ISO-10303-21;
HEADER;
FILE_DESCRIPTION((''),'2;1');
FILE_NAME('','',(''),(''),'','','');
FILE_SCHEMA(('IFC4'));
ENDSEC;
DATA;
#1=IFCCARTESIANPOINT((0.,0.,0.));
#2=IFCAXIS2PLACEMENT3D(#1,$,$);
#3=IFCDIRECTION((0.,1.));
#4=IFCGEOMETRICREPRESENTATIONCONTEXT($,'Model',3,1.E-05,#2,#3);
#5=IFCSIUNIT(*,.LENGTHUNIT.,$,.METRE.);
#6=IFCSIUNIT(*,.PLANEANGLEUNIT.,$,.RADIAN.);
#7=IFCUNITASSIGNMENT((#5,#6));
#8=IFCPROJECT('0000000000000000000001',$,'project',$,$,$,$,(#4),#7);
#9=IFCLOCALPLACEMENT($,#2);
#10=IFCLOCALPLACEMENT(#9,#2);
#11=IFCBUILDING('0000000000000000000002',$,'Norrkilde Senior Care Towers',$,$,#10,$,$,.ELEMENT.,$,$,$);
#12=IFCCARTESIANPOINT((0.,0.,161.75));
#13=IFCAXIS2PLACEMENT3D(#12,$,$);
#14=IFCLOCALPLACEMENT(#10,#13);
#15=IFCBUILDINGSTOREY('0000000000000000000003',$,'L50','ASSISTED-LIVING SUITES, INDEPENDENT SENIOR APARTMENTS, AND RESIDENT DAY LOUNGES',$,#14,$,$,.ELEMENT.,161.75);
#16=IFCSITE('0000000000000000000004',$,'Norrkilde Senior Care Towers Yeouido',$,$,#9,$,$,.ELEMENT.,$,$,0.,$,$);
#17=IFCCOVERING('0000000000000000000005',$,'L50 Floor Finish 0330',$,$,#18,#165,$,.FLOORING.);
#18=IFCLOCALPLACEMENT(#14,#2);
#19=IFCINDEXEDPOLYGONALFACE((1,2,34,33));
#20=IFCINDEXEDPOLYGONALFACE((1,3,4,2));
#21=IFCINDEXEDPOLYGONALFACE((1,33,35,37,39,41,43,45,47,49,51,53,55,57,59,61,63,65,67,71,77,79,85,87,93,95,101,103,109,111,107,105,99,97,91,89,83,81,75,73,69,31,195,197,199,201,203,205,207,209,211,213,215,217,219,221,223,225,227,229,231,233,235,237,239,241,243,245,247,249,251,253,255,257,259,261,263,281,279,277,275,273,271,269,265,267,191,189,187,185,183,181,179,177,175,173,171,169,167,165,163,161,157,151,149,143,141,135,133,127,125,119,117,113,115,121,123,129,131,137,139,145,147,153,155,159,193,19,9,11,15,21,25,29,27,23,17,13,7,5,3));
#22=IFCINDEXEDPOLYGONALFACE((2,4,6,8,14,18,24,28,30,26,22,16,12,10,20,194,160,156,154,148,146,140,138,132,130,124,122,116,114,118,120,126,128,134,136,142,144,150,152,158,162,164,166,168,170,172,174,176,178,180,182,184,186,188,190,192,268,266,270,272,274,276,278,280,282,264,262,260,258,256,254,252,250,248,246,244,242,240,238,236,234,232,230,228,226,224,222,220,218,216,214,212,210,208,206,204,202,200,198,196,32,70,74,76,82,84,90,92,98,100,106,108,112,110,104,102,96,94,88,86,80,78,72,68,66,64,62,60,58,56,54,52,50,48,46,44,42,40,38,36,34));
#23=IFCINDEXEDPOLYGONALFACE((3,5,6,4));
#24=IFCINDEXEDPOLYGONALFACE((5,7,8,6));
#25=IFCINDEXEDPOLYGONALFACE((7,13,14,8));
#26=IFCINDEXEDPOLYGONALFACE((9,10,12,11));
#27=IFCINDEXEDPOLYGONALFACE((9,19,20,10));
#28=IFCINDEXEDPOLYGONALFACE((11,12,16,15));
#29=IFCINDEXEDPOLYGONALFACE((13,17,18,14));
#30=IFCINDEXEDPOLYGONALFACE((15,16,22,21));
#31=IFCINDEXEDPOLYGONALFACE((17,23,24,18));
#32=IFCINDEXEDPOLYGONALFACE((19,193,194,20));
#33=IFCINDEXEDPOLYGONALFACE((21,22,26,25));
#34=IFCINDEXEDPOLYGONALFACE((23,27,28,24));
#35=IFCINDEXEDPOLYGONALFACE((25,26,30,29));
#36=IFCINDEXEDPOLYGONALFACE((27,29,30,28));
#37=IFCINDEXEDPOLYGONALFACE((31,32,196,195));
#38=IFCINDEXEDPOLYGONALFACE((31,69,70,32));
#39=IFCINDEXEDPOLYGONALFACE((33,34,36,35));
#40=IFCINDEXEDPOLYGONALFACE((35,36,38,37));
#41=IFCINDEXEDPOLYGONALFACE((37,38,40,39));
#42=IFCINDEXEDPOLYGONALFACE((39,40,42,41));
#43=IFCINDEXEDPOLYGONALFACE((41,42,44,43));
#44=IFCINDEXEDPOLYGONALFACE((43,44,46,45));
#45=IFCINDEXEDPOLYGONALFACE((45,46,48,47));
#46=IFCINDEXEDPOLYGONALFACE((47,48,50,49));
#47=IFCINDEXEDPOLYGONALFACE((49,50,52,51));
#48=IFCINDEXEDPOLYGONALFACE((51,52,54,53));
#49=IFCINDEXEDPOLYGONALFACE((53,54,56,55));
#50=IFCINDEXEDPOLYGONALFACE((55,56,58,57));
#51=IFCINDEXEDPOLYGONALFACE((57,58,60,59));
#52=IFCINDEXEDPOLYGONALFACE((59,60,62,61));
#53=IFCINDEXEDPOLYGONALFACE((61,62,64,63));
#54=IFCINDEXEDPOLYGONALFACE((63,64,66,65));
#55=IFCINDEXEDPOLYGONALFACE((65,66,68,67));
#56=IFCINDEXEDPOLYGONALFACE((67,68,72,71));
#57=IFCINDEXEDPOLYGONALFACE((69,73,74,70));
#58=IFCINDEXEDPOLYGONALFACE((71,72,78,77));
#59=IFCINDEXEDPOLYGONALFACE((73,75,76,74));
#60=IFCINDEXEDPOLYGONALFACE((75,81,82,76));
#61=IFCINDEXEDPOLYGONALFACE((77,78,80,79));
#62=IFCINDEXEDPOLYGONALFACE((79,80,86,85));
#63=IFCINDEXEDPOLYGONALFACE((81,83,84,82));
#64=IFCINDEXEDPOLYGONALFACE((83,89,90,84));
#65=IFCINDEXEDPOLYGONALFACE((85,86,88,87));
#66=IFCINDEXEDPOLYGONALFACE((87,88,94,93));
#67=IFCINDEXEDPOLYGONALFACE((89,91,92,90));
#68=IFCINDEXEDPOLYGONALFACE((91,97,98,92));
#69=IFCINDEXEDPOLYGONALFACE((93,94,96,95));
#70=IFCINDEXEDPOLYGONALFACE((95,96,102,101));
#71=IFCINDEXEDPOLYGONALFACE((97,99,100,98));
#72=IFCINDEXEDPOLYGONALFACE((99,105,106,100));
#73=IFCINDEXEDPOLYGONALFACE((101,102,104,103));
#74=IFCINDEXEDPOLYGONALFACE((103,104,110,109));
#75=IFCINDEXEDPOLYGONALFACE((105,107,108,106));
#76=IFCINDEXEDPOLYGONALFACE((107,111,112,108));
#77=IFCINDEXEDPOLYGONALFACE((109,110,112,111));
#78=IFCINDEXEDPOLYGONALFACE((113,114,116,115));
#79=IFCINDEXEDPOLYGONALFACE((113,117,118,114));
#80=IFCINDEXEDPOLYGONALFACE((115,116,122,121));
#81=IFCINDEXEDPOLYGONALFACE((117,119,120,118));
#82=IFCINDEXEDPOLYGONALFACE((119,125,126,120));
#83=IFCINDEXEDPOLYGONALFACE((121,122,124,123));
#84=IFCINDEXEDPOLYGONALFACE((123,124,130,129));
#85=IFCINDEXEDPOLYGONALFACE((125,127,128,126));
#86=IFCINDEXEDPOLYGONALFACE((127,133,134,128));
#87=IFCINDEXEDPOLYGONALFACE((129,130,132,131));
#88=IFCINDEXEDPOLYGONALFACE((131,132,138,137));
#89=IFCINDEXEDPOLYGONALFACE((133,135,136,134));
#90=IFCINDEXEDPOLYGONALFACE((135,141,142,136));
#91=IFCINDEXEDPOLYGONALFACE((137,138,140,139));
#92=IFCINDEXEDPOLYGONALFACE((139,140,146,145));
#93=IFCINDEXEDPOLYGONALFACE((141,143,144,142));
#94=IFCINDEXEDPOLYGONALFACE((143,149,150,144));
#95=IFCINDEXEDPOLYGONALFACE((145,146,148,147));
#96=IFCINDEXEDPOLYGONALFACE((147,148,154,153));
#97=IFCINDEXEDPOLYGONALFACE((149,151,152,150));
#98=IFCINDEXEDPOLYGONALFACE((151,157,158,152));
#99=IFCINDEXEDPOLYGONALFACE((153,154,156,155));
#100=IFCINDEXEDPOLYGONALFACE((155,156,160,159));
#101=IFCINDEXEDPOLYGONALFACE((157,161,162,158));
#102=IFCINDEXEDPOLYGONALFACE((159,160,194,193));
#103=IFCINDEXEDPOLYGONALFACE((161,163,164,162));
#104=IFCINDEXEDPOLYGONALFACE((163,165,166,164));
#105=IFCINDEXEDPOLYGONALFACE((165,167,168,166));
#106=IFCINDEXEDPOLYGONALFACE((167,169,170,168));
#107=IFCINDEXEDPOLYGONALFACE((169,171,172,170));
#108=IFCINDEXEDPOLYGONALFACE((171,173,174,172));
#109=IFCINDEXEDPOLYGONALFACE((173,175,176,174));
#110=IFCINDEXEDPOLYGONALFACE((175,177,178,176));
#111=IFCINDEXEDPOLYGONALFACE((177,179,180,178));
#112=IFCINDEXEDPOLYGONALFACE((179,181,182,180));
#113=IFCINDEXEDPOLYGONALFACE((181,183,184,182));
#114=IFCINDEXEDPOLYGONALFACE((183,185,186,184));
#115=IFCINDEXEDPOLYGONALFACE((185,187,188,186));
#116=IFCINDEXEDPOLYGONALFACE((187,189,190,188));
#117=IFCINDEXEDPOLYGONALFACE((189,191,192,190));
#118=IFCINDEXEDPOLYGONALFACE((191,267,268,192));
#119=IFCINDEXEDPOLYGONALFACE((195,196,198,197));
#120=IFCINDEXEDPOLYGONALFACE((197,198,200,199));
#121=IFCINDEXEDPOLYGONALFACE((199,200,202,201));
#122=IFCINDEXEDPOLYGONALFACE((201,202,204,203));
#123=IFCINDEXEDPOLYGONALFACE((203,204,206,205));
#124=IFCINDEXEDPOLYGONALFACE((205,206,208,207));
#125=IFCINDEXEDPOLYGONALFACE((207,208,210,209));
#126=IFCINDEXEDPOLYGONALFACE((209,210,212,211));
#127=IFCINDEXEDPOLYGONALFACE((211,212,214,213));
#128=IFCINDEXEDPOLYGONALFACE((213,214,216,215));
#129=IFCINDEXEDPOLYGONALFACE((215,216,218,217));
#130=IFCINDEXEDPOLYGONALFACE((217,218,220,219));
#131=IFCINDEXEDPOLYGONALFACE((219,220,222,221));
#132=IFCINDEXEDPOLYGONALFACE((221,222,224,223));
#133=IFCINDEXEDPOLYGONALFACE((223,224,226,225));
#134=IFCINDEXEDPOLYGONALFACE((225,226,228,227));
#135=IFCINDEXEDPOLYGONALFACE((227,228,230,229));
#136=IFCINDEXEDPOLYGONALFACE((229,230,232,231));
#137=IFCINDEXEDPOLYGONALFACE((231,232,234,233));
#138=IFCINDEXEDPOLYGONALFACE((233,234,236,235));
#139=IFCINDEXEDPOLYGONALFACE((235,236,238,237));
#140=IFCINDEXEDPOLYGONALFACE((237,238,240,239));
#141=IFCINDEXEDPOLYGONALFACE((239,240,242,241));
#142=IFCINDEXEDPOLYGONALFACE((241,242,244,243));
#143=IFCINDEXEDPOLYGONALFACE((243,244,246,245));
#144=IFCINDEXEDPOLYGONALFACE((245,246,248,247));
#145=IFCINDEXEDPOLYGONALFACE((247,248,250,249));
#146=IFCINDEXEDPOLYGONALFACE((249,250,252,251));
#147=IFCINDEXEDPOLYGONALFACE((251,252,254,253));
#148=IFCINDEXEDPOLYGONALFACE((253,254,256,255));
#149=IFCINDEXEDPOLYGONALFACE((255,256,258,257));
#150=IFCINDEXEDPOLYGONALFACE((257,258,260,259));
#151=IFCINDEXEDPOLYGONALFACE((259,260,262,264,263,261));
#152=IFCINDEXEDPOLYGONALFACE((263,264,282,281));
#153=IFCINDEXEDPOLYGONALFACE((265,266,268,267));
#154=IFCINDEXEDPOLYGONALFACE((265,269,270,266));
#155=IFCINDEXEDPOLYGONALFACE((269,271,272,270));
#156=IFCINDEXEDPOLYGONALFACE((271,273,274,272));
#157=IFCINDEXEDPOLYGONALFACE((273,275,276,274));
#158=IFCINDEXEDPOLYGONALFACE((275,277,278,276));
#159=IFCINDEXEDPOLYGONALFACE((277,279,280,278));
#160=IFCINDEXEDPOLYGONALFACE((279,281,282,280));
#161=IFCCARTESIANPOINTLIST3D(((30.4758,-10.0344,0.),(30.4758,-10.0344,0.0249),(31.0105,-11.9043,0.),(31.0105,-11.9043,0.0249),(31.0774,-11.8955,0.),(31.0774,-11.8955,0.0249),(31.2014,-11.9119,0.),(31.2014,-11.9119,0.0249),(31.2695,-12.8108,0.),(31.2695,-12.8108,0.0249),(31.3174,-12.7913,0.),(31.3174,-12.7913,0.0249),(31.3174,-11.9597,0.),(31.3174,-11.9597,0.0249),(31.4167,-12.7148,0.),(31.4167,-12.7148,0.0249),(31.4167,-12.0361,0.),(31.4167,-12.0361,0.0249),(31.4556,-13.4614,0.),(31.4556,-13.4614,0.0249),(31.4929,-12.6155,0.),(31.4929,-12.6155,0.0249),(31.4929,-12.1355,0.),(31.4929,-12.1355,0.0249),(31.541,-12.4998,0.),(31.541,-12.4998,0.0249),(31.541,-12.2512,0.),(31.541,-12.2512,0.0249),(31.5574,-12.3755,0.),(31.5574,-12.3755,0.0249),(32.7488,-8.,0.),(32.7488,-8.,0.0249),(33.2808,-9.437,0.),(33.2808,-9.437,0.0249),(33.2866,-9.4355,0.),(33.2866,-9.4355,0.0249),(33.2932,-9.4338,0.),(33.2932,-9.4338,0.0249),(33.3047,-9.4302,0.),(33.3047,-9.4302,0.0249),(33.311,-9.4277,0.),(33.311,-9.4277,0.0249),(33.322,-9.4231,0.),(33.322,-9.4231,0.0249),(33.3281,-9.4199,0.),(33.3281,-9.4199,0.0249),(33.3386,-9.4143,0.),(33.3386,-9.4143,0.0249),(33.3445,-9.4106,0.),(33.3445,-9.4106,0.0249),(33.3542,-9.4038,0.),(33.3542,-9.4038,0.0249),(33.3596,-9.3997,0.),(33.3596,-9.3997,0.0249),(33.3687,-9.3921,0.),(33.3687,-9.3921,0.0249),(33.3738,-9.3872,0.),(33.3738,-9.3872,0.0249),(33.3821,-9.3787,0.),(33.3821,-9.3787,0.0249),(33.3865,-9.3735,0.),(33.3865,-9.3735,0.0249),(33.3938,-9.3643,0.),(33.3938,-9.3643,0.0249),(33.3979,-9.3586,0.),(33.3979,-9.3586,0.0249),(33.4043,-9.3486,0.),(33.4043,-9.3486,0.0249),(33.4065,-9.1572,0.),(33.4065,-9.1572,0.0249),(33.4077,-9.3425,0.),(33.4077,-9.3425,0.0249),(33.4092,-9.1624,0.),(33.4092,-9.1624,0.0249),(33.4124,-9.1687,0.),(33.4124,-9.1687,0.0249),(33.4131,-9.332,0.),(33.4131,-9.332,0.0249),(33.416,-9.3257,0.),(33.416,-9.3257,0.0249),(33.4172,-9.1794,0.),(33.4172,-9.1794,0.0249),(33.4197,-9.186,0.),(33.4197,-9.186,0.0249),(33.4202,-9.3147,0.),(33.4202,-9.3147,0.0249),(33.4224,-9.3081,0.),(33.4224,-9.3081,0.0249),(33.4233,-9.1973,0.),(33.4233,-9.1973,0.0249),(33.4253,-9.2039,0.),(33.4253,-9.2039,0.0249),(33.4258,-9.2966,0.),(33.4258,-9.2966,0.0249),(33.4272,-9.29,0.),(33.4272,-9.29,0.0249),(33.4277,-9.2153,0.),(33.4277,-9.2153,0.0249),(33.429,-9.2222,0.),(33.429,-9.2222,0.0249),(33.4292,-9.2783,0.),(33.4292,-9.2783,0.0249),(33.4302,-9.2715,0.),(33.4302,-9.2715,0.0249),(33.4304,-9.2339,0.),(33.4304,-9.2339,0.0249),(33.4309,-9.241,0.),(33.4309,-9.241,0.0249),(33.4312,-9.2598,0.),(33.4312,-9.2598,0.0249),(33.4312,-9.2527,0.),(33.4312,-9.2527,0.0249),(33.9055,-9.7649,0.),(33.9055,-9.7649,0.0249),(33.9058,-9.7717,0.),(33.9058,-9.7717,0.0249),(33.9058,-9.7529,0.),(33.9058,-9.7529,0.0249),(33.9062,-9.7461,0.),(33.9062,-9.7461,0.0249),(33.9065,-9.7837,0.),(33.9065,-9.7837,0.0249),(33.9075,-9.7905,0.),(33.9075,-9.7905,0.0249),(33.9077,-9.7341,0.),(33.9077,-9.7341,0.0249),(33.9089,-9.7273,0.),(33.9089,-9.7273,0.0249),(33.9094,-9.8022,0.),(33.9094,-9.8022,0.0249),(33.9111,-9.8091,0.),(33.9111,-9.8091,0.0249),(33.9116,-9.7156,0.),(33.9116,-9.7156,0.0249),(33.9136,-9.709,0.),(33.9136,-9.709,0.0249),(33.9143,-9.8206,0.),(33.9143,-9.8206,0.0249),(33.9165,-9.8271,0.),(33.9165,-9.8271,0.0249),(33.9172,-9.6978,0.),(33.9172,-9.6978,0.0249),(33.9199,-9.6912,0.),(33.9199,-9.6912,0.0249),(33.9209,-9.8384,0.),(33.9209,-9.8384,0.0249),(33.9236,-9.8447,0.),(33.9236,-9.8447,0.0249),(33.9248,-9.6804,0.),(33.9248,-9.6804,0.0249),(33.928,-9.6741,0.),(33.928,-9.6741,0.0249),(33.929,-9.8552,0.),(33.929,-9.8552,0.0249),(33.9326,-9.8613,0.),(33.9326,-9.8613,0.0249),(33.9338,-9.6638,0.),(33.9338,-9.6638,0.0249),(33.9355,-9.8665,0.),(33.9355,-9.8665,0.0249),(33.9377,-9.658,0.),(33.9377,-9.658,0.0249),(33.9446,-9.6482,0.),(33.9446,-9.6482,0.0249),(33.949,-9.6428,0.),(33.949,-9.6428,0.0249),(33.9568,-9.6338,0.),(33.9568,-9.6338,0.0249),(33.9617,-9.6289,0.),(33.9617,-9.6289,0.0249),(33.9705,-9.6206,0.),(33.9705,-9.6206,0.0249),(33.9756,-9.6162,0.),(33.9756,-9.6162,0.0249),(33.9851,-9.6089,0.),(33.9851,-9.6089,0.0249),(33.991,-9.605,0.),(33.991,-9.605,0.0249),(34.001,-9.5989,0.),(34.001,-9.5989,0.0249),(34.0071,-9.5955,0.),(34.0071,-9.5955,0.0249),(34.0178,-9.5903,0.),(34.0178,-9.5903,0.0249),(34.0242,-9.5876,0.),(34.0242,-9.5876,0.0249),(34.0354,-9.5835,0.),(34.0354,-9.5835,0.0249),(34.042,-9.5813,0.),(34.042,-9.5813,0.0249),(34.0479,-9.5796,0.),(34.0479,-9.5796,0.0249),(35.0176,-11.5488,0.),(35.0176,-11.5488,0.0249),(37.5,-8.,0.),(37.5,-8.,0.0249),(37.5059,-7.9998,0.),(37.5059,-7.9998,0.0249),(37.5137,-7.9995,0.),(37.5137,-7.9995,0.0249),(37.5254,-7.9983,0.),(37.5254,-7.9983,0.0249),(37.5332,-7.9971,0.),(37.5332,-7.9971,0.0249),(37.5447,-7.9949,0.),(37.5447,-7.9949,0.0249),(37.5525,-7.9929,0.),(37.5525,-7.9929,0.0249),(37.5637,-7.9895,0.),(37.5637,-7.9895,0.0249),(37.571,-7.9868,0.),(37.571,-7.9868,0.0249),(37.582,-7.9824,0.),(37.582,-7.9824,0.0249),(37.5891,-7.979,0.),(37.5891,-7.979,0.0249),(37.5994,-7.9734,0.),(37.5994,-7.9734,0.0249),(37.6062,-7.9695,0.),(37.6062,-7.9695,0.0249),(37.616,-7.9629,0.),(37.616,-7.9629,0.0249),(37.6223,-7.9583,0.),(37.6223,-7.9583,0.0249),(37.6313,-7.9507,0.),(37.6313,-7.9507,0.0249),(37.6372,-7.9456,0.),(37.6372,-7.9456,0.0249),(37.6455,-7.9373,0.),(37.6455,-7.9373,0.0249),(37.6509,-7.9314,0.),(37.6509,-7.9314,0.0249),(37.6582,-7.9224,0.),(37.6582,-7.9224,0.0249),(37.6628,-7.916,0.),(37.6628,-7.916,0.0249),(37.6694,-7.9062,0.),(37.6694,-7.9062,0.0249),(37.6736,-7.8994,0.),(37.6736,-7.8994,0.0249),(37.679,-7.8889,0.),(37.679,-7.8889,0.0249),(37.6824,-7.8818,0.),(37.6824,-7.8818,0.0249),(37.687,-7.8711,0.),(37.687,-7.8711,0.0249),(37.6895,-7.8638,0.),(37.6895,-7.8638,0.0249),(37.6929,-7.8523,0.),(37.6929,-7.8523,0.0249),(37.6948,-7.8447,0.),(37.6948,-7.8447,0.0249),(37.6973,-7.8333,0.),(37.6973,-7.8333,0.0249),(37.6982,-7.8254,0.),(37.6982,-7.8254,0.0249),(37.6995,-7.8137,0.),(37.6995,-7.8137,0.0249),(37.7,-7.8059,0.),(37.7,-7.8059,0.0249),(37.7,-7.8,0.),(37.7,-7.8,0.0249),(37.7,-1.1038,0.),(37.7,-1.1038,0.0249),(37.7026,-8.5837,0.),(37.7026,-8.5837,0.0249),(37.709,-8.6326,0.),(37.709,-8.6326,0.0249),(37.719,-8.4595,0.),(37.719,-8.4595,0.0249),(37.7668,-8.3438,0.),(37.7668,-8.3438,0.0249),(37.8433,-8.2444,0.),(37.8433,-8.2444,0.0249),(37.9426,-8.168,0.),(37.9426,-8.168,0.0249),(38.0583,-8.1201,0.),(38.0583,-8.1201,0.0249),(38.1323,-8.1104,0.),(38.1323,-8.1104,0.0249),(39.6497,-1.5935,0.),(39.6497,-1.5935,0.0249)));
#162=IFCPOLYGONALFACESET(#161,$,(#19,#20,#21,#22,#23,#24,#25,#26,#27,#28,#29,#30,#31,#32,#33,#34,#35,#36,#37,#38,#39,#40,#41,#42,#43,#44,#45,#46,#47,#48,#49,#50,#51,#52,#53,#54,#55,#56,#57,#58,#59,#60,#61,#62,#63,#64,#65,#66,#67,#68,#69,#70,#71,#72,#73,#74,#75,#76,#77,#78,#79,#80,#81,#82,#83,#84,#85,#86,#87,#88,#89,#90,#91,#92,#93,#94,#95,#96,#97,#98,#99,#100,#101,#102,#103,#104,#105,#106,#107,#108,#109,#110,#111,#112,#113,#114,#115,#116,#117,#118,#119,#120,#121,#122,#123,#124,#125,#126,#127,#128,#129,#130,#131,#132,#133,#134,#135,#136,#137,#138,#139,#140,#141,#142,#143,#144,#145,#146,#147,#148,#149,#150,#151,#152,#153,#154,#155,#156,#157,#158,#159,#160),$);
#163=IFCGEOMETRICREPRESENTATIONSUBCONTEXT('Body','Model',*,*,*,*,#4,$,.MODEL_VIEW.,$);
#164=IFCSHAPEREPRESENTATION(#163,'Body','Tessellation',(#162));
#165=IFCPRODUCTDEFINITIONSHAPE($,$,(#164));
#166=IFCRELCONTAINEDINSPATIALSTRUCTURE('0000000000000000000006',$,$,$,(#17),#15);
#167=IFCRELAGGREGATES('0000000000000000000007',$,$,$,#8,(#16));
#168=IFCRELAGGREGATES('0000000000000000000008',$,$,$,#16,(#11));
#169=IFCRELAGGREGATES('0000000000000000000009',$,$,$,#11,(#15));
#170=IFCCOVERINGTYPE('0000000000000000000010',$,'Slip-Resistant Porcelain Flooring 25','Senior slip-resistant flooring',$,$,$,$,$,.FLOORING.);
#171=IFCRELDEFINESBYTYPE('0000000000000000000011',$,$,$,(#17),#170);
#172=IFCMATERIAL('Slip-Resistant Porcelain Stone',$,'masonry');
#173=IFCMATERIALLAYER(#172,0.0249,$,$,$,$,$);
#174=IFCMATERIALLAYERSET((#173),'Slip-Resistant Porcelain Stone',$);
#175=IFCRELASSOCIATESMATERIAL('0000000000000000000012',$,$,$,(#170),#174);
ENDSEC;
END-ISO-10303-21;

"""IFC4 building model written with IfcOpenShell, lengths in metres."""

from ifc_helpers import new_model, si_unit, direction, frame, origin, place, context, subcontext, project, spatial, polyline, outline, extrude, material, layer, layer_set, type_object, element, save


model = new_model("IFC4")

# Units and contexts
model_context = context("Model", 3, precision=1e-05, world=origin(), true_north=direction((0.0, 1.0)))
body_context = subcontext(model_context, "Body", "Model", "MODEL_VIEW")
ifc_project = project(units=[si_unit("LENGTHUNIT", "METRE"), si_unit("PLANEANGLEUNIT", "RADIAN")], contexts=[model_context])

# Site, building, storey
site_placement = place(None, origin())
site = spatial("IfcSite", under=ifc_project, at=site_placement, Name="Norrkilde Senior Care Towers Yeouido", CompositionType="ELEMENT", RefElevation=0.0)
building_placement = place(site_placement, origin())
building = spatial("IfcBuilding", under=site, at=building_placement, Name="Norrkilde Senior Care Towers", CompositionType="ELEMENT")
storey_placement = place(building_placement, frame((0.0, 0.0, 161.75)))
storey = spatial("IfcBuildingStorey", under=building, at=storey_placement, Name="L50", Description="ASSISTED-LIVING SUITES, INDEPENDENT SENIOR APARTMENTS, AND RESIDENT DAY LOUNGES", CompositionType="ELEMENT", Elevation=161.75)

# Covering
ifc_material_1 = material(Name="Slip-Resistant Porcelain Stone", Category="masonry")
ifc_layer_1 = layer(ifc_material_1, 0.0249)
ifc_layer_set_1 = layer_set([ifc_layer_1], Name="Slip-Resistant Porcelain Stone")
covering_type_1 = type_object("IfcCoveringType", Name="Slip-Resistant Porcelain Flooring 25", Description="Senior slip-resistant flooring", PredefinedType="FLOORING", material=ifc_layer_set_1)
covering_1_placement = place(storey_placement, origin())
element("IfcCovering", 1, at=covering_1_placement, inside=storey, type_object=covering_type_1, Name="L50 Floor Finish 0330", PredefinedType="FLOORING", context=body_context, shape_type="SweptSolid", body=[
    extrude(outline(polyline([(33.3281, -9.4199), (33.3386, -9.4143), (33.3445, -9.4106), (33.3542, -9.4038), (33.3596, -9.3997), (33.3687, -9.3921), (33.3738, -9.3872), (33.3821, -9.3787), (33.3865, -9.3735), (33.3938, -9.3643), (33.3979, -9.3586), (33.4043, -9.3486), (33.4077, -9.3425), (33.4131, -9.332), (33.416, -9.3257), (33.4202, -9.3147), (33.4224, -9.3081), (33.4258, -9.2966), (33.4272, -9.29), (33.4292, -9.2783), (33.4302, -9.2715), (33.4312, -9.2598), (33.4312, -9.2527), (33.4309, -9.241), (33.4304, -9.2339), (33.429, -9.2222), (33.4277, -9.2153), (33.4253, -9.2039), (33.4233, -9.1973), (33.4197, -9.186), (33.4172, -9.1794), (33.4124, -9.1687), (33.4092, -9.1624), (33.4065, -9.1572), (32.7488, -8.0), (37.5, -8.0), (37.5059, -7.9998), (37.5137, -7.9995), (37.5254, -7.9983), (37.5332, -7.9971), (37.5447, -7.9949), (37.5525, -7.9929), (37.5637, -7.9895), (37.571, -7.9868), (37.582, -7.9824), (37.5891, -7.979), (37.5994, -7.9734), (37.6062, -7.9695), (37.616, -7.9629), (37.6223, -7.9583), (37.6313, -7.9507), (37.6372, -7.9456), (37.6455, -7.9373), (37.6509, -7.9314), (37.6582, -7.9224), (37.6628, -7.916), (37.6694, -7.9062), (37.6736, -7.8994), (37.679, -7.8889), (37.6824, -7.8818), (37.687, -7.8711), (37.6895, -7.8638), (37.6929, -7.8523), (37.6948, -7.8447), (37.6973, -7.8333), (37.6982, -7.8254), (37.6995, -7.8137), (37.7, -7.8059), (37.7, -7.8), (37.7, -1.1038), (39.6497, -1.5935), (38.1323, -8.1104), (38.0583, -8.1201), (37.9426, -8.168), (37.8433, -8.2444), (37.7668, -8.3438), (37.719, -8.4595), (37.7026, -8.5837), (37.709, -8.6326), (34.0479, -9.5796), (34.042, -9.5813), (34.0354, -9.5835), (34.0242, -9.5876), (34.0178, -9.5903), (34.0071, -9.5955), (34.001, -9.5989), (33.991, -9.605), (33.9851, -9.6089), (33.9756, -9.6162), (33.9705, -9.6206), (33.9617, -9.6289), (33.9568, -9.6338), (33.949, -9.6428), (33.9446, -9.6482), (33.9377, -9.658), (33.9338, -9.6638), (33.928, -9.6741), (33.9248, -9.6804), (33.9199, -9.6912), (33.9172, -9.6978), (33.9136, -9.709), (33.9116, -9.7156), (33.9089, -9.7273), (33.9077, -9.7341), (33.9062, -9.7461), (33.9058, -9.7529), (33.9055, -9.7649), (33.9058, -9.7717), (33.9065, -9.7837), (33.9075, -9.7905), (33.9094, -9.8022), (33.9111, -9.8091), (33.9143, -9.8206), (33.9165, -9.8271), (33.9209, -9.8384), (33.9236, -9.8447), (33.929, -9.8552), (33.9326, -9.8613), (33.9355, -9.8665), (35.0176, -11.5488), (31.4556, -13.4614), (31.2695, -12.8108), (31.3174, -12.7913), (31.4167, -12.7148), (31.4929, -12.6155), (31.541, -12.4998), (31.5574, -12.3755), (31.541, -12.2512), (31.4929, -12.1355), (31.4167, -12.0361), (31.3174, -11.9597), (31.2014, -11.9119), (31.0774, -11.8955), (31.0105, -11.9043), (30.4758, -10.0344), (33.2808, -9.437), (33.2866, -9.4355), (33.2932, -9.4338), (33.3047, -9.4302), (33.311, -9.4277), (33.322, -9.4231), (33.3281, -9.4199)])), origin(), (0.0, 0.0, 1.0), 0.0249),
])

save(model, "model.ifc")
